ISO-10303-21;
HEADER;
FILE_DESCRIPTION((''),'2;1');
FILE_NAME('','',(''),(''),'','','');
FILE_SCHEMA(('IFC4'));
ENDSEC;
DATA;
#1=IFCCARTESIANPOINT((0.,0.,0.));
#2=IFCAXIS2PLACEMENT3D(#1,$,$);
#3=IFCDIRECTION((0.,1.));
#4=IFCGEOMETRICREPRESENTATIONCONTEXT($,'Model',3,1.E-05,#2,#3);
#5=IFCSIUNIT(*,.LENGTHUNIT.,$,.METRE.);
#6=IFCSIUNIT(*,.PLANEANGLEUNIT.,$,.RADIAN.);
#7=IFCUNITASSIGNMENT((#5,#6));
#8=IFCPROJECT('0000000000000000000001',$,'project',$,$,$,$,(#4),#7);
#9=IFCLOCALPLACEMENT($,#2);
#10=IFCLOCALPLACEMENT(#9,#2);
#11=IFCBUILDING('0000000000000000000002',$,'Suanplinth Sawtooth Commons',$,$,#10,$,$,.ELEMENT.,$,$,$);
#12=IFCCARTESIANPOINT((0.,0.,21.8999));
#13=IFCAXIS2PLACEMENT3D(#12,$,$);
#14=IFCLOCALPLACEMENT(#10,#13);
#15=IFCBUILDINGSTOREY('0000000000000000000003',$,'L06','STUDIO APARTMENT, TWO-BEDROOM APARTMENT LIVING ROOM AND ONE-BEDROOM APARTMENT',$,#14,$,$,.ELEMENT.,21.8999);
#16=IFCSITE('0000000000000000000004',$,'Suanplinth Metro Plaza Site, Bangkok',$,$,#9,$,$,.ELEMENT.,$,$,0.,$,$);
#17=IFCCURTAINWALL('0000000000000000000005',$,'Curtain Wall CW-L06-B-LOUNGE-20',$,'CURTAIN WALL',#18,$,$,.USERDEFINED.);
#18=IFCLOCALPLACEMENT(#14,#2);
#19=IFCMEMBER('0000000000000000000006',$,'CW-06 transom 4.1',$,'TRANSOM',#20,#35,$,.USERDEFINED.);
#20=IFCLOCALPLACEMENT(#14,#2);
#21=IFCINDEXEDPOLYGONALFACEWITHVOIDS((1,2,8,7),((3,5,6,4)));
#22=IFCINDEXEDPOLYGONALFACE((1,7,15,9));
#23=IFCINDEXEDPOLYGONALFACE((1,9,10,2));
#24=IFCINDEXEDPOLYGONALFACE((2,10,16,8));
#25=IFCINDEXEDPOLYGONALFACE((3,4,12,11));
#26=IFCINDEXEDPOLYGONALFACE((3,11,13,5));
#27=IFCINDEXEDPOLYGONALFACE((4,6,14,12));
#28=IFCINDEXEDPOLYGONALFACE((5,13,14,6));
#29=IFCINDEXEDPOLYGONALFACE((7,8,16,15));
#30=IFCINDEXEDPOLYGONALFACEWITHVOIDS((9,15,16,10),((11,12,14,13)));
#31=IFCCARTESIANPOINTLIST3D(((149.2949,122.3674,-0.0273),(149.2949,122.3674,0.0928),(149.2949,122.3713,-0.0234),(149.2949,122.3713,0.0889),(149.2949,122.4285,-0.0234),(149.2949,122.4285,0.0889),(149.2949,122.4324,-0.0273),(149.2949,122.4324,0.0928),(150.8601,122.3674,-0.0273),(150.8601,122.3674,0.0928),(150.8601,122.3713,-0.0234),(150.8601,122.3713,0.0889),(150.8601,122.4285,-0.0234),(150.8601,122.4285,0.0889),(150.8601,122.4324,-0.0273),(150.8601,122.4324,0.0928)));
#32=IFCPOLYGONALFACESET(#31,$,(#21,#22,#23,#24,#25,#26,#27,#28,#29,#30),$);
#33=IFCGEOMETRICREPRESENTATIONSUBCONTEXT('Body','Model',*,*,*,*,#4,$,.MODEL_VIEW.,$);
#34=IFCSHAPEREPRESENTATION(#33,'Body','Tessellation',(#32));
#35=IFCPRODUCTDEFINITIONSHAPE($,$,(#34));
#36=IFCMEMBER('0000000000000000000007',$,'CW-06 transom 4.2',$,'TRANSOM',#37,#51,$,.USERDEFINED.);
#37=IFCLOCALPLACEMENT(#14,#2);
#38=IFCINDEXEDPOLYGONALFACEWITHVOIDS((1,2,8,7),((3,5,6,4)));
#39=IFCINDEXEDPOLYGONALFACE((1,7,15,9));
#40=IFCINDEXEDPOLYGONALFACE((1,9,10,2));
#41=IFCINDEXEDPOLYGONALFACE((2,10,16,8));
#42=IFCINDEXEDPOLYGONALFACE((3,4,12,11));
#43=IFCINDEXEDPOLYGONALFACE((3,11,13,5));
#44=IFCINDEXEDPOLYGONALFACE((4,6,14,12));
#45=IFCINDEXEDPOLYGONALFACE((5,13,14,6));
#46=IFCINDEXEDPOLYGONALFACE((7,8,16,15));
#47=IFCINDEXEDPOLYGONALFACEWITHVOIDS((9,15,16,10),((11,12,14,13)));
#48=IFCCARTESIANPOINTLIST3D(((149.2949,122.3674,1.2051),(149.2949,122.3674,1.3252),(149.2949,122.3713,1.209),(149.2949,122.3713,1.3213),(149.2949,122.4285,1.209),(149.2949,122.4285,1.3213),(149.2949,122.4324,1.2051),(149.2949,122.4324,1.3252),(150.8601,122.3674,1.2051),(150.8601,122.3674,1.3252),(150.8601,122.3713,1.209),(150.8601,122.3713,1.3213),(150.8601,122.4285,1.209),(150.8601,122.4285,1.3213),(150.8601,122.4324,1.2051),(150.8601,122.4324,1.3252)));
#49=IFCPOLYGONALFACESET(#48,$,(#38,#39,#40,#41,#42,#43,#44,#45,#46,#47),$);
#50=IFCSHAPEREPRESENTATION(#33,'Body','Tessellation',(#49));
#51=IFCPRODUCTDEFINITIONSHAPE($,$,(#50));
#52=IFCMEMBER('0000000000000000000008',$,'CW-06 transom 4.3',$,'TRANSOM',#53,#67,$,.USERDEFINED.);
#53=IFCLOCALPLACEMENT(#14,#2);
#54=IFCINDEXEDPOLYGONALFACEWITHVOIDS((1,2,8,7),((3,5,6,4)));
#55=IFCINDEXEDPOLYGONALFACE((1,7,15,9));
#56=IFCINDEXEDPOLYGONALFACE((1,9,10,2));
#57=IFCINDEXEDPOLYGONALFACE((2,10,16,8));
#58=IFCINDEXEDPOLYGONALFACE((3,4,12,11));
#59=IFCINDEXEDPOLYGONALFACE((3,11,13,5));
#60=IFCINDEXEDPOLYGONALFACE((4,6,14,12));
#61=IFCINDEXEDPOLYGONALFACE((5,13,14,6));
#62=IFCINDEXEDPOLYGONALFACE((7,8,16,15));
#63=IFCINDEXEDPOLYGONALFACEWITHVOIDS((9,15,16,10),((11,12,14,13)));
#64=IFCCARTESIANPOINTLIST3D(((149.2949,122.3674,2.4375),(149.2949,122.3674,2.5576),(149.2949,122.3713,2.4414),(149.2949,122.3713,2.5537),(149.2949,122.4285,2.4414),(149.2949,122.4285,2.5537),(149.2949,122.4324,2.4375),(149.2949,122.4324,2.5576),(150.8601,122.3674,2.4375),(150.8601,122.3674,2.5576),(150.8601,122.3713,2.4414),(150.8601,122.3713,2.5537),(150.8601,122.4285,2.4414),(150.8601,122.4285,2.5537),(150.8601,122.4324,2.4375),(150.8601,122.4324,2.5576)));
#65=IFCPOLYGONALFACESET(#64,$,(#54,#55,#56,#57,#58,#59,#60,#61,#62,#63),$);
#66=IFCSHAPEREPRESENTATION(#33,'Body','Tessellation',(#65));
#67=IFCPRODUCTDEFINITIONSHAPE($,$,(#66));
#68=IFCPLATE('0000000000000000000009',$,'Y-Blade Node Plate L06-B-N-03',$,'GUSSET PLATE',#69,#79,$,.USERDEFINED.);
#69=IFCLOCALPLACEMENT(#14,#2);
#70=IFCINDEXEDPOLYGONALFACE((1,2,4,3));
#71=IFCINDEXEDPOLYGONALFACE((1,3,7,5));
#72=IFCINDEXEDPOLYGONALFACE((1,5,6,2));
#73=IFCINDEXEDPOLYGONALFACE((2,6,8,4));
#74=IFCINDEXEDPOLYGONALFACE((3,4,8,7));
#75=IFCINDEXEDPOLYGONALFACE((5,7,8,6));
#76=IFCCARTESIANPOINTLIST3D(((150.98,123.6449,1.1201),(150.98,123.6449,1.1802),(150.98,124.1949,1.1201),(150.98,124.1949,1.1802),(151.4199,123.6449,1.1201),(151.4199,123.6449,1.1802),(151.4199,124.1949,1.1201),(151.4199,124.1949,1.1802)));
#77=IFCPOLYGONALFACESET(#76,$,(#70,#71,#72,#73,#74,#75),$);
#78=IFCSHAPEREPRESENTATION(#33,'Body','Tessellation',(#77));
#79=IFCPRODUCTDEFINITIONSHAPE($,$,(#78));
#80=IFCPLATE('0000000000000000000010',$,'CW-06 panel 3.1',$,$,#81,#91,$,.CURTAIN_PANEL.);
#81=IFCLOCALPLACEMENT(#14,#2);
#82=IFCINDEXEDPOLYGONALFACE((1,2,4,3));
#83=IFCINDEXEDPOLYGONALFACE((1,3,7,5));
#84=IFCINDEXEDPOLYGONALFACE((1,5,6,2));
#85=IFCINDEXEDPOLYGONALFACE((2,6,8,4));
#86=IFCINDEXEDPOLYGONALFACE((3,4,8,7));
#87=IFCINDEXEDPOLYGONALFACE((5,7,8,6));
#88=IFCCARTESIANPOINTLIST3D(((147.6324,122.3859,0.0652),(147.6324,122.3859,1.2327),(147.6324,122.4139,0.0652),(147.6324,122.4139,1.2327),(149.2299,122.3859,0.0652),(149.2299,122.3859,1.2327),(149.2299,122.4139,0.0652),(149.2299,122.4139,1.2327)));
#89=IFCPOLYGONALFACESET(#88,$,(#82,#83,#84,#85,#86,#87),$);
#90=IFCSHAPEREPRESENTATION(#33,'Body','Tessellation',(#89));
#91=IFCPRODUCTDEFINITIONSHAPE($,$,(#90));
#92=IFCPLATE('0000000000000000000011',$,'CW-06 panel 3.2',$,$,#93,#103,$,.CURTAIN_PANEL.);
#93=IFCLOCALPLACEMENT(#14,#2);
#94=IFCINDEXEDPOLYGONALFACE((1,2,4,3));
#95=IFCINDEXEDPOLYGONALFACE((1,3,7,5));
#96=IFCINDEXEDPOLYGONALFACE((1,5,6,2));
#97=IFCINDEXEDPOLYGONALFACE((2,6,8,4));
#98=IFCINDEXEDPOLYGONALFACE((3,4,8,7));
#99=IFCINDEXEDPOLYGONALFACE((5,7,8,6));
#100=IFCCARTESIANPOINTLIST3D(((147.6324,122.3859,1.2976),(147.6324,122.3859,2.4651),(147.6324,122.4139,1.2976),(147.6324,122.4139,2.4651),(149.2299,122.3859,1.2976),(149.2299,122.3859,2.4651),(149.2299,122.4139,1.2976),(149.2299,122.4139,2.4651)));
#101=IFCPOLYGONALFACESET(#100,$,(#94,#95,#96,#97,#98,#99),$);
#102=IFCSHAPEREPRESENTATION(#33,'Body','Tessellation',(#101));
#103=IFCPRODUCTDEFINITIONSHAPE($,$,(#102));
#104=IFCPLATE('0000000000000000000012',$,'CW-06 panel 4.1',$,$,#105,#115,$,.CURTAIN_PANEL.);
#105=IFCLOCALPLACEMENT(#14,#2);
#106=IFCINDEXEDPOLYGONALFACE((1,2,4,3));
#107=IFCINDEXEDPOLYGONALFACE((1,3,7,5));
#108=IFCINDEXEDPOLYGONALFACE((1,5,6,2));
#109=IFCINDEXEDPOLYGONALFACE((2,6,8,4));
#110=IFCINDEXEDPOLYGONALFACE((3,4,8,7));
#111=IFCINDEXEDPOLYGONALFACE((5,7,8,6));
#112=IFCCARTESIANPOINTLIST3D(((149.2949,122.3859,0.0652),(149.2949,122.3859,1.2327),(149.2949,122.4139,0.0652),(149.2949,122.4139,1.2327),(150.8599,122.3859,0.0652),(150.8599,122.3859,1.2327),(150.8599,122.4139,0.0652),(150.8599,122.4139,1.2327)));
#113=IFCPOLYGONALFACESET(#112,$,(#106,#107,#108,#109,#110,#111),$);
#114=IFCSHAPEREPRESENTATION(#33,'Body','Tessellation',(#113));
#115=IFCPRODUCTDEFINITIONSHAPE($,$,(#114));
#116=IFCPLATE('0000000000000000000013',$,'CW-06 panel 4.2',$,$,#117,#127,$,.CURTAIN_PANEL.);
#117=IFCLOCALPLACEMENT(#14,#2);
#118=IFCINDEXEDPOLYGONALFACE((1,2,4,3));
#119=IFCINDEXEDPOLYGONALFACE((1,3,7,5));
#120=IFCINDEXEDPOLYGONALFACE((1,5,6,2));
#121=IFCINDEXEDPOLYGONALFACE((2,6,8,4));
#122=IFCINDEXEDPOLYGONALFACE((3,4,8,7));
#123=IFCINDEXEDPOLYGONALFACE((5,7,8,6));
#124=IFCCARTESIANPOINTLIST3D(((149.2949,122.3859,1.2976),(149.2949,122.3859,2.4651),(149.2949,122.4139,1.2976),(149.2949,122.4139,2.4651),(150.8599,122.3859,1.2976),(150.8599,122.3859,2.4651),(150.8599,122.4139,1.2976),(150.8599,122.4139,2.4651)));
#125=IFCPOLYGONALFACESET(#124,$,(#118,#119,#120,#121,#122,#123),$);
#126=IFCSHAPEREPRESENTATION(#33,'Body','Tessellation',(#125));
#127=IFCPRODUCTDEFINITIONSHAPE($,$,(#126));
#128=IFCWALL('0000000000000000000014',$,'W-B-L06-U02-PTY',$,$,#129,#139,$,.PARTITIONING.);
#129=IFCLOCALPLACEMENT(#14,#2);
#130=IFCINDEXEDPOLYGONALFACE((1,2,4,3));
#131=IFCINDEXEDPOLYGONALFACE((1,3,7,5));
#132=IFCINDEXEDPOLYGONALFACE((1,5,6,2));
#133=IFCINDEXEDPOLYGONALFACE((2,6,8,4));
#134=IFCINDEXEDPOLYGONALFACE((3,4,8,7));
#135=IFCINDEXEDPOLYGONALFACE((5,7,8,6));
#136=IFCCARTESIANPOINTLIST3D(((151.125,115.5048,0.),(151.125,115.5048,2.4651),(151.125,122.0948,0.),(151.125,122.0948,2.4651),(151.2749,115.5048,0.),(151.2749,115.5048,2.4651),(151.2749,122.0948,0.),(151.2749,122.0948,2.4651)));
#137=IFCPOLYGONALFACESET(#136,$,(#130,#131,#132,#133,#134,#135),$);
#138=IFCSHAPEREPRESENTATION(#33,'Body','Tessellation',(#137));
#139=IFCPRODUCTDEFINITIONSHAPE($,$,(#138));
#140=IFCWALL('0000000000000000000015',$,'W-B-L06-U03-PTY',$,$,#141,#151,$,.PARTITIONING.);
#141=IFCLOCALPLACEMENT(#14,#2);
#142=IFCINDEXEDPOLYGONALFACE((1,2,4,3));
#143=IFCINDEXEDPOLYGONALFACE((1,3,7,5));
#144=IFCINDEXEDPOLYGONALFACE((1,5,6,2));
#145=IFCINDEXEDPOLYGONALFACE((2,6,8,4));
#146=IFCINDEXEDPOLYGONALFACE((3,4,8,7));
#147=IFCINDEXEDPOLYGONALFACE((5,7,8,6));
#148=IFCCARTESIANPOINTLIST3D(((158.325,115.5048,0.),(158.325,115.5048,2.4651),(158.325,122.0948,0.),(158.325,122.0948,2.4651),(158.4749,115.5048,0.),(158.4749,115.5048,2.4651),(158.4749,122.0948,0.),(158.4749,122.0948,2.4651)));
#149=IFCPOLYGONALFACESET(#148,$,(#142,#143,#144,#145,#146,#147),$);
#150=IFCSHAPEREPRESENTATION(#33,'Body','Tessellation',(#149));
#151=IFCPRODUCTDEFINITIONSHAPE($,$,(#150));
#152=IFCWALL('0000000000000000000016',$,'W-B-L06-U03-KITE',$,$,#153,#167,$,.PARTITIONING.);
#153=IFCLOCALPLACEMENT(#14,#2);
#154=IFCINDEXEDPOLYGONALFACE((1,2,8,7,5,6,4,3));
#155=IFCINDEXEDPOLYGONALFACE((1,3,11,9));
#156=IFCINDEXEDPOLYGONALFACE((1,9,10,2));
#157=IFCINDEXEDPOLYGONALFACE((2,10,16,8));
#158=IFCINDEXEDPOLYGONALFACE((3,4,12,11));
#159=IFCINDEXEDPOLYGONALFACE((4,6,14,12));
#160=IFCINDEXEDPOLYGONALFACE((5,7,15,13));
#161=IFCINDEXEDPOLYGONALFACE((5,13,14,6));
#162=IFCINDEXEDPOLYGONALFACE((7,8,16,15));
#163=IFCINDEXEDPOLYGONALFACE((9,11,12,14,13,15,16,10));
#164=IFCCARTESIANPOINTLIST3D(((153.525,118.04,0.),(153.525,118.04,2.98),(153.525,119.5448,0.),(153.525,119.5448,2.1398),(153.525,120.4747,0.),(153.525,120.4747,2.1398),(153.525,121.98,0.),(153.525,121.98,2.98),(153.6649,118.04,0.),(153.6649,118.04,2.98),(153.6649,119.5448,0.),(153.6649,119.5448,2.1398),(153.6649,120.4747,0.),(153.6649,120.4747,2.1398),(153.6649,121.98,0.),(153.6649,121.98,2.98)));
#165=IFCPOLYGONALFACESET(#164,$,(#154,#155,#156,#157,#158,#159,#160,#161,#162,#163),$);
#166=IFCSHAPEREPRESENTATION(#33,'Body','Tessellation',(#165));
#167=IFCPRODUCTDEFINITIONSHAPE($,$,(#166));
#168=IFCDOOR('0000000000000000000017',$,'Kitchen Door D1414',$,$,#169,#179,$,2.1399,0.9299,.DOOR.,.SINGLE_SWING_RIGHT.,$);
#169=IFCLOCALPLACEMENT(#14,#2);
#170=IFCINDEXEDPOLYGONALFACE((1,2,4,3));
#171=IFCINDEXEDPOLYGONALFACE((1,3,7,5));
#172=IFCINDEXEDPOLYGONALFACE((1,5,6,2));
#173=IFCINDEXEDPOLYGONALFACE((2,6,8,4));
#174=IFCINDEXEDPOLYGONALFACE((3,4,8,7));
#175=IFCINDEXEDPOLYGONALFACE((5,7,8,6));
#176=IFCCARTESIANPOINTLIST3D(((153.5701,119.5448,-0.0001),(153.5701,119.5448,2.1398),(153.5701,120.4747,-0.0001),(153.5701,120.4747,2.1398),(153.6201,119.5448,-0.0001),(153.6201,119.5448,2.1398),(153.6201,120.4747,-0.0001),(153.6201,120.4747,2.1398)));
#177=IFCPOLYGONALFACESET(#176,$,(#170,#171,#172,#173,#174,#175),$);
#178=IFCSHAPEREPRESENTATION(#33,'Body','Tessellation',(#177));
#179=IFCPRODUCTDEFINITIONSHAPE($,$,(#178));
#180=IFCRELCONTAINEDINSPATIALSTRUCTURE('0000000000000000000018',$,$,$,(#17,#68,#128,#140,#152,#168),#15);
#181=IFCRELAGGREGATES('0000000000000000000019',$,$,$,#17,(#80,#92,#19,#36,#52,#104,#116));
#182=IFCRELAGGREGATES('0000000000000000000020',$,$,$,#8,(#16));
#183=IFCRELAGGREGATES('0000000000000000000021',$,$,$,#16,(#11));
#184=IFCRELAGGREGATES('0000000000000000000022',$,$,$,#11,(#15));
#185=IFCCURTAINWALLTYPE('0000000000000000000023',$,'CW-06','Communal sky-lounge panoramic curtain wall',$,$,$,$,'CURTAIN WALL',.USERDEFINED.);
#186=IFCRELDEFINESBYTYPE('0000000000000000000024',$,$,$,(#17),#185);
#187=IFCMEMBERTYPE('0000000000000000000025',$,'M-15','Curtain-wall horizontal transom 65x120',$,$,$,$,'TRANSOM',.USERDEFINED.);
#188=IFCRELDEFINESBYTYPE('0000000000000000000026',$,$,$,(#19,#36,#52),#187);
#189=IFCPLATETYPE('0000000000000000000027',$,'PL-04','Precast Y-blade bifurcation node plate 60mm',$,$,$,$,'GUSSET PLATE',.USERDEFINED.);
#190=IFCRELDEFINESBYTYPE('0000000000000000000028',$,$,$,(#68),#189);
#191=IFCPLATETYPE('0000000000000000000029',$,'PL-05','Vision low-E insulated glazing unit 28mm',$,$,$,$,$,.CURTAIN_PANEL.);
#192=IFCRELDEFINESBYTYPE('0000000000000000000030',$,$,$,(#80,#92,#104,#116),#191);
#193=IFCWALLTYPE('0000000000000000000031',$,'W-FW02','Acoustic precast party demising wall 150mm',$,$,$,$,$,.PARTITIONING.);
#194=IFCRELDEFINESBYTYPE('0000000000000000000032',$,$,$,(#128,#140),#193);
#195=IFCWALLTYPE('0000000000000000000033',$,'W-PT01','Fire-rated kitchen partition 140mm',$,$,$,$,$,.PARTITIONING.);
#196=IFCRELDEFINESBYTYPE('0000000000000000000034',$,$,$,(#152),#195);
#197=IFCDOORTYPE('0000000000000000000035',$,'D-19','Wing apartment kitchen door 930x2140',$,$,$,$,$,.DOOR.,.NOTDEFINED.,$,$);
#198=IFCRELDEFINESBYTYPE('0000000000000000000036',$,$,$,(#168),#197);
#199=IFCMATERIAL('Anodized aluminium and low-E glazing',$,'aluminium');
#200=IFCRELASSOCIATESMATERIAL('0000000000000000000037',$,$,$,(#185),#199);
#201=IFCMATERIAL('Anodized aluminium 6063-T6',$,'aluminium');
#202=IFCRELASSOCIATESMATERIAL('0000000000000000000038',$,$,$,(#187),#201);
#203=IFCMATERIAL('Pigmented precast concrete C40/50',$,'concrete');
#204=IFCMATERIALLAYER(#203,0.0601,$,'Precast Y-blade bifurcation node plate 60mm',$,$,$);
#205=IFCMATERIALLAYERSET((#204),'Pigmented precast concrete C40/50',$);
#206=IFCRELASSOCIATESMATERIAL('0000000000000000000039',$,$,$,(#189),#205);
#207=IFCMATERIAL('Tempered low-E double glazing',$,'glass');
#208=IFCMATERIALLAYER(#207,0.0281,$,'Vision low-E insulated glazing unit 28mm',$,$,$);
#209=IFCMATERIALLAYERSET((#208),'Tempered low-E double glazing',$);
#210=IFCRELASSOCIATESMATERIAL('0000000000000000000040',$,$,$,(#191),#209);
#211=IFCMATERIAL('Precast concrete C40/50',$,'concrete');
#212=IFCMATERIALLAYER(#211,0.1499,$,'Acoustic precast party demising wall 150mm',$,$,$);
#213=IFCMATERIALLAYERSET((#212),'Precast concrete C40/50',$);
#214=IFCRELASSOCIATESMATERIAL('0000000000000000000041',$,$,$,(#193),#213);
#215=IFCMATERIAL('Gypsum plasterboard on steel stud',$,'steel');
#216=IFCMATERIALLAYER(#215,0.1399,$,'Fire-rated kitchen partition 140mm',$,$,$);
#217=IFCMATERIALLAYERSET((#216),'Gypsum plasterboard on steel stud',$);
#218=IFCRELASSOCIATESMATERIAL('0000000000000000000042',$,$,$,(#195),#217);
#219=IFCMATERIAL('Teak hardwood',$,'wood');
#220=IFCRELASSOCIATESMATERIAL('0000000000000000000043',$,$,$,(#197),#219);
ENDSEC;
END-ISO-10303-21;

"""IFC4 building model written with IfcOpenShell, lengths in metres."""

from ifc_helpers import new_model, si_unit, direction, frame, frame_2d, origin, origin_2d, place, context, subcontext, project, spatial, rectangle, hollow_rectangle, extrude, material, layer, layer_set, material_profile, profile_set, type_object, element, fill, aggregate, save


model = new_model("IFC4")

# Units and contexts
model_context = context("Model", 3, precision=1e-05, world=origin(), true_north=direction((0.0, 1.0)))
body_context = subcontext(model_context, "Body", "Model", "MODEL_VIEW")
ifc_project = project(units=[si_unit("LENGTHUNIT", "METRE"), si_unit("PLANEANGLEUNIT", "RADIAN")], contexts=[model_context])

# Site, building, storey
site_placement = place(None, origin())
site = spatial("IfcSite", under=ifc_project, at=site_placement, Name="Suanplinth Metro Plaza Site, Bangkok", CompositionType="ELEMENT", RefElevation=0.0)
building_placement = place(site_placement, origin())
building = spatial("IfcBuilding", under=site, at=building_placement, Name="Suanplinth Sawtooth Commons", CompositionType="ELEMENT")
storey_placement = place(building_placement, frame((0.0, 0.0, 21.8999)))
storey = spatial("IfcBuildingStorey", under=building, at=storey_placement, Name="L06", Description="STUDIO APARTMENT, TWO-BEDROOM APARTMENT LIVING ROOM AND ONE-BEDROOM APARTMENT", CompositionType="ELEMENT", Elevation=21.8999)

# Shared definitions
ifc_material_1 = material(Name="Precast concrete C40/50", Category="concrete")

# Shared definitions
ifc_material_2 = material(Name="Pigmented precast concrete C40/50", Category="concrete")

# Curtain wall, members
ifc_material_3 = material(Name="Anodized aluminium and low-E glazing", Category="aluminium")
curtain_wall_type = type_object("IfcCurtainWallType", Name="CW-06", Description="Communal sky-lounge panoramic curtain wall", ElementType="CURTAIN WALL", PredefinedType="USERDEFINED", material=ifc_material_3)
curtain_wall_placement = place(storey_placement, origin())
curtain_wall = element("IfcCurtainWall", 1, at=curtain_wall_placement, inside=storey, type_object=curtain_wall_type, Name="Curtain Wall CW-L06-B-LOUNGE-20", ObjectType="CURTAIN WALL", PredefinedType="USERDEFINED")
ifc_material_4 = material(Name="Anodized aluminium 6063-T6", Category="aluminium")
ifc_material_profile_1 = material_profile(ifc_material_4, hollow_rectangle(XDim=0.0649, YDim=0.1201, WallThickness=0.0039, at=origin_2d()), Name="ALU-TRN 65x120")
ifc_profile_set_1 = profile_set([ifc_material_profile_1], Name="Anodized aluminium 6063-T6")
member_type_1 = type_object("IfcMemberType", Name="M-15", Description="Curtain-wall horizontal transom 65x120", ElementType="TRANSOM", PredefinedType="USERDEFINED", material=ifc_profile_set_1)
member_1_placement = place(storey_placement, frame((149.2949, 122.3999, 0.0327), z_axis=(1.0, 0.0, 0.0), x_axis=(0.0, 1.0, 0.0)))
member_1 = element("IfcMember", 2, at=member_1_placement, type_object=member_type_1, Name="CW-06 transom 4.1", ObjectType="TRANSOM", PredefinedType="USERDEFINED", context=body_context, shape_type="SweptSolid", body=[
    extrude(hollow_rectangle(XDim=0.0649, YDim=0.1201, WallThickness=0.0039, at=origin_2d()), origin(), (0.0, 0.0, 1.0), 1.5652),
])
member_2_placement = place(storey_placement, frame((149.2949, 122.3999, 1.2651), z_axis=(1.0, 0.0, 0.0), x_axis=(0.0, 1.0, 0.0)))
member_2 = element("IfcMember", 3, at=member_2_placement, type_object=member_type_1, Name="CW-06 transom 4.2", ObjectType="TRANSOM", PredefinedType="USERDEFINED", context=body_context, shape_type="SweptSolid", body=[
    extrude(hollow_rectangle(XDim=0.0649, YDim=0.1201, WallThickness=0.0039, at=origin_2d()), origin(), (0.0, 0.0, 1.0), 1.5652),
])
member_3_placement = place(storey_placement, frame((149.2949, 122.3999, 2.4976), z_axis=(1.0, 0.0, 0.0), x_axis=(0.0, 1.0, 0.0)))
member_3 = element("IfcMember", 4, at=member_3_placement, type_object=member_type_1, Name="CW-06 transom 4.3", ObjectType="TRANSOM", PredefinedType="USERDEFINED", context=body_context, shape_type="SweptSolid", body=[
    extrude(hollow_rectangle(XDim=0.0649, YDim=0.1201, WallThickness=0.0039, at=origin_2d()), origin(), (0.0, 0.0, 1.0), 1.5652),
])

# Plates
ifc_layer_1 = layer(ifc_material_2, 0.0601, Name="Precast Y-blade bifurcation node plate 60mm")
ifc_layer_set_1 = layer_set([ifc_layer_1], Name="Pigmented precast concrete C40/50")
plate_type_1 = type_object("IfcPlateType", Name="PL-04", Description="Precast Y-blade bifurcation node plate 60mm", ElementType="GUSSET PLATE", PredefinedType="USERDEFINED", material=ifc_layer_set_1)
plate_1_placement = place(storey_placement, frame((151.2, 123.9199, 1.1201), z_axis=(0.0, 0.0, 1.0), x_axis=(1.0, 0.0, 0.0)))
element("IfcPlate", 5, at=plate_1_placement, inside=storey, type_object=plate_type_1, Name="Y-Blade Node Plate L06-B-N-03", ObjectType="GUSSET PLATE", PredefinedType="USERDEFINED", context=body_context, shape_type="SweptSolid", body=[
    extrude(rectangle(XDim=0.4399, YDim=0.55, at=origin_2d()), origin(), (0.0, 0.0, 1.0), 0.0601),
])
ifc_material_5 = material(Name="Tempered low-E double glazing", Category="glass")
ifc_layer_2 = layer(ifc_material_5, 0.0281, Name="Vision low-E insulated glazing unit 28mm")
ifc_layer_set_2 = layer_set([ifc_layer_2], Name="Tempered low-E double glazing")
plate_type_2 = type_object("IfcPlateType", Name="PL-05", Description="Vision low-E insulated glazing unit 28mm", PredefinedType="CURTAIN_PANEL", material=ifc_layer_set_2)
plate_2_placement = place(storey_placement, frame((148.4312, 122.3999, 0.0652), z_axis=(0.0, 0.0, 1.0), x_axis=(1.0, 0.0, 0.0)))
plate_2 = element("IfcPlate", 6, at=plate_2_placement, type_object=plate_type_2, Name="CW-06 panel 3.1", PredefinedType="CURTAIN_PANEL", context=body_context, shape_type="SweptSolid", body=[
    extrude(rectangle(XDim=1.5974, YDim=0.0281, at=origin_2d()), origin(), (0.0, 0.0, 1.0), 1.1675),
])
plate_3_placement = place(storey_placement, frame((148.4312, 122.3999, 1.2976), z_axis=(0.0, 0.0, 1.0), x_axis=(1.0, 0.0, 0.0)))
plate_3 = element("IfcPlate", 7, at=plate_3_placement, type_object=plate_type_2, Name="CW-06 panel 3.2", PredefinedType="CURTAIN_PANEL", context=body_context, shape_type="SweptSolid", body=[
    extrude(rectangle(XDim=1.5974, YDim=0.0281, at=origin_2d()), origin(), (0.0, 0.0, 1.0), 1.1675),
])
plate_4_placement = place(storey_placement, frame((150.0774, 122.3999, 0.0652), z_axis=(0.0, 0.0, 1.0), x_axis=(1.0, 0.0, 0.0)))
plate_4 = element("IfcPlate", 8, at=plate_4_placement, type_object=plate_type_2, Name="CW-06 panel 4.1", PredefinedType="CURTAIN_PANEL", context=body_context, shape_type="SweptSolid", body=[
    extrude(rectangle(XDim=1.5649, YDim=0.0281, at=origin_2d()), origin(), (0.0, 0.0, 1.0), 1.1675),
])
plate_5_placement = place(storey_placement, frame((150.0774, 122.3999, 1.2976), z_axis=(0.0, 0.0, 1.0), x_axis=(1.0, 0.0, 0.0)))
plate_5 = element("IfcPlate", 9, at=plate_5_placement, type_object=plate_type_2, Name="CW-06 panel 4.2", PredefinedType="CURTAIN_PANEL", context=body_context, shape_type="SweptSolid", body=[
    extrude(rectangle(XDim=1.5649, YDim=0.0281, at=origin_2d()), origin(), (0.0, 0.0, 1.0), 1.1675),
])
aggregate(curtain_wall, [plate_2, plate_3, member_1, member_2, member_3, plate_4, plate_5])

# Walls
ifc_layer_3 = layer(ifc_material_1, 0.1499, Name="Acoustic precast party demising wall 150mm")
ifc_layer_set_3 = layer_set([ifc_layer_3], Name="Precast concrete C40/50")
wall_type_1 = type_object("IfcWallType", Name="W-FW02", Description="Acoustic precast party demising wall 150mm", PredefinedType="PARTITIONING", material=ifc_layer_set_3)
for number, where, z_axis, x_axis, name in (
    (10, (151.2, 115.5049, 0.0), (0.0, 0.0, 1.0), (0.0, 1.0, 0.0), "W-B-L06-U02-PTY"),
    (11, (158.3999, 115.5049, 0.0), (0.0, 0.0, 1.0), (0.0, 1.0, 0.0), "W-B-L06-U03-PTY"),
):
    element("IfcWall", number, at=place(storey_placement, frame(where, z_axis=z_axis, x_axis=x_axis)), inside=storey, type_object=wall_type_1, Name=name, PredefinedType="PARTITIONING", context=body_context, shape_type="SweptSolid", body=[
        extrude(rectangle(XDim=6.5901, YDim=0.1499, at=frame_2d((3.2949, 0.0))), origin(), (0.0, 0.0, 1.0), 2.4651),
    ])

# Wall, opening, door
ifc_material_6 = material(Name="Gypsum plasterboard on steel stud", Category="steel")
ifc_layer_4 = layer(ifc_material_6, 0.1399, Name="Fire-rated kitchen partition 140mm")
ifc_layer_set_4 = layer_set([ifc_layer_4], Name="Gypsum plasterboard on steel stud")
wall_type_2 = type_object("IfcWallType", Name="W-PT01", Description="Fire-rated kitchen partition 140mm", PredefinedType="PARTITIONING", material=ifc_layer_set_4)
wall_1_placement = place(storey_placement, frame((153.595, 118.04, 0.0), z_axis=(0.0, 0.0, 1.0), x_axis=(0.0, 1.0, 0.0)))
wall_1 = element("IfcWall", 12, at=wall_1_placement, inside=storey, type_object=wall_type_2, Name="W-B-L06-U03-KITE", PredefinedType="PARTITIONING", context=body_context, shape_type="SweptSolid", body=[
    extrude(rectangle(XDim=3.9399, YDim=0.1399, at=frame_2d((1.97, 0.0))), origin(), (0.0, 0.0, 1.0), 2.98),
])
opening_1_placement = place(wall_1_placement, frame((1.5049, 0.0, 0.0)))
opening_1 = element("IfcOpeningElement", 13, at=opening_1_placement, cuts=wall_1, PredefinedType="OPENING", context=body_context, shape_type="SweptSolid", body=[
    extrude(rectangle(XDim=0.9299, YDim=2.1399, at=frame_2d((0.4648, 1.0698))), frame((0.0, 0.085, 0.0), z_axis=(0.0, -1.0, 0.0), x_axis=(1.0, 0.0, 0.0)), (0.0, 0.0, 1.0), 0.1697),
])
ifc_material_7 = material(Name="Teak hardwood", Category="wood")
door_type_1 = type_object("IfcDoorType", Name="D-19", Description="Wing apartment kitchen door 930x2140", OperationType="NOTDEFINED", PredefinedType="DOOR", material=ifc_material_7)
door_1_placement = place(opening_1_placement, origin())
door_1 = element("IfcDoor", 14, at=door_1_placement, inside=storey, type_object=door_type_1, Name="Kitchen Door D1414", OperationType="SINGLE_SWING_RIGHT", OverallHeight=2.1399, OverallWidth=0.9299, PredefinedType="DOOR", context=body_context, shape_type="SweptSolid", body=[
    extrude(rectangle(XDim=0.9299, YDim=2.1399, at=frame_2d((0.4648, 1.0698))), frame((0.0, 0.0249, 0.0), z_axis=(0.0, -1.0, 0.0), x_axis=(1.0, 0.0, 0.0)), (0.0, 0.0, 1.0), 0.05),
])
fill(opening_1, door_1)

save(model, "model.ifc")
